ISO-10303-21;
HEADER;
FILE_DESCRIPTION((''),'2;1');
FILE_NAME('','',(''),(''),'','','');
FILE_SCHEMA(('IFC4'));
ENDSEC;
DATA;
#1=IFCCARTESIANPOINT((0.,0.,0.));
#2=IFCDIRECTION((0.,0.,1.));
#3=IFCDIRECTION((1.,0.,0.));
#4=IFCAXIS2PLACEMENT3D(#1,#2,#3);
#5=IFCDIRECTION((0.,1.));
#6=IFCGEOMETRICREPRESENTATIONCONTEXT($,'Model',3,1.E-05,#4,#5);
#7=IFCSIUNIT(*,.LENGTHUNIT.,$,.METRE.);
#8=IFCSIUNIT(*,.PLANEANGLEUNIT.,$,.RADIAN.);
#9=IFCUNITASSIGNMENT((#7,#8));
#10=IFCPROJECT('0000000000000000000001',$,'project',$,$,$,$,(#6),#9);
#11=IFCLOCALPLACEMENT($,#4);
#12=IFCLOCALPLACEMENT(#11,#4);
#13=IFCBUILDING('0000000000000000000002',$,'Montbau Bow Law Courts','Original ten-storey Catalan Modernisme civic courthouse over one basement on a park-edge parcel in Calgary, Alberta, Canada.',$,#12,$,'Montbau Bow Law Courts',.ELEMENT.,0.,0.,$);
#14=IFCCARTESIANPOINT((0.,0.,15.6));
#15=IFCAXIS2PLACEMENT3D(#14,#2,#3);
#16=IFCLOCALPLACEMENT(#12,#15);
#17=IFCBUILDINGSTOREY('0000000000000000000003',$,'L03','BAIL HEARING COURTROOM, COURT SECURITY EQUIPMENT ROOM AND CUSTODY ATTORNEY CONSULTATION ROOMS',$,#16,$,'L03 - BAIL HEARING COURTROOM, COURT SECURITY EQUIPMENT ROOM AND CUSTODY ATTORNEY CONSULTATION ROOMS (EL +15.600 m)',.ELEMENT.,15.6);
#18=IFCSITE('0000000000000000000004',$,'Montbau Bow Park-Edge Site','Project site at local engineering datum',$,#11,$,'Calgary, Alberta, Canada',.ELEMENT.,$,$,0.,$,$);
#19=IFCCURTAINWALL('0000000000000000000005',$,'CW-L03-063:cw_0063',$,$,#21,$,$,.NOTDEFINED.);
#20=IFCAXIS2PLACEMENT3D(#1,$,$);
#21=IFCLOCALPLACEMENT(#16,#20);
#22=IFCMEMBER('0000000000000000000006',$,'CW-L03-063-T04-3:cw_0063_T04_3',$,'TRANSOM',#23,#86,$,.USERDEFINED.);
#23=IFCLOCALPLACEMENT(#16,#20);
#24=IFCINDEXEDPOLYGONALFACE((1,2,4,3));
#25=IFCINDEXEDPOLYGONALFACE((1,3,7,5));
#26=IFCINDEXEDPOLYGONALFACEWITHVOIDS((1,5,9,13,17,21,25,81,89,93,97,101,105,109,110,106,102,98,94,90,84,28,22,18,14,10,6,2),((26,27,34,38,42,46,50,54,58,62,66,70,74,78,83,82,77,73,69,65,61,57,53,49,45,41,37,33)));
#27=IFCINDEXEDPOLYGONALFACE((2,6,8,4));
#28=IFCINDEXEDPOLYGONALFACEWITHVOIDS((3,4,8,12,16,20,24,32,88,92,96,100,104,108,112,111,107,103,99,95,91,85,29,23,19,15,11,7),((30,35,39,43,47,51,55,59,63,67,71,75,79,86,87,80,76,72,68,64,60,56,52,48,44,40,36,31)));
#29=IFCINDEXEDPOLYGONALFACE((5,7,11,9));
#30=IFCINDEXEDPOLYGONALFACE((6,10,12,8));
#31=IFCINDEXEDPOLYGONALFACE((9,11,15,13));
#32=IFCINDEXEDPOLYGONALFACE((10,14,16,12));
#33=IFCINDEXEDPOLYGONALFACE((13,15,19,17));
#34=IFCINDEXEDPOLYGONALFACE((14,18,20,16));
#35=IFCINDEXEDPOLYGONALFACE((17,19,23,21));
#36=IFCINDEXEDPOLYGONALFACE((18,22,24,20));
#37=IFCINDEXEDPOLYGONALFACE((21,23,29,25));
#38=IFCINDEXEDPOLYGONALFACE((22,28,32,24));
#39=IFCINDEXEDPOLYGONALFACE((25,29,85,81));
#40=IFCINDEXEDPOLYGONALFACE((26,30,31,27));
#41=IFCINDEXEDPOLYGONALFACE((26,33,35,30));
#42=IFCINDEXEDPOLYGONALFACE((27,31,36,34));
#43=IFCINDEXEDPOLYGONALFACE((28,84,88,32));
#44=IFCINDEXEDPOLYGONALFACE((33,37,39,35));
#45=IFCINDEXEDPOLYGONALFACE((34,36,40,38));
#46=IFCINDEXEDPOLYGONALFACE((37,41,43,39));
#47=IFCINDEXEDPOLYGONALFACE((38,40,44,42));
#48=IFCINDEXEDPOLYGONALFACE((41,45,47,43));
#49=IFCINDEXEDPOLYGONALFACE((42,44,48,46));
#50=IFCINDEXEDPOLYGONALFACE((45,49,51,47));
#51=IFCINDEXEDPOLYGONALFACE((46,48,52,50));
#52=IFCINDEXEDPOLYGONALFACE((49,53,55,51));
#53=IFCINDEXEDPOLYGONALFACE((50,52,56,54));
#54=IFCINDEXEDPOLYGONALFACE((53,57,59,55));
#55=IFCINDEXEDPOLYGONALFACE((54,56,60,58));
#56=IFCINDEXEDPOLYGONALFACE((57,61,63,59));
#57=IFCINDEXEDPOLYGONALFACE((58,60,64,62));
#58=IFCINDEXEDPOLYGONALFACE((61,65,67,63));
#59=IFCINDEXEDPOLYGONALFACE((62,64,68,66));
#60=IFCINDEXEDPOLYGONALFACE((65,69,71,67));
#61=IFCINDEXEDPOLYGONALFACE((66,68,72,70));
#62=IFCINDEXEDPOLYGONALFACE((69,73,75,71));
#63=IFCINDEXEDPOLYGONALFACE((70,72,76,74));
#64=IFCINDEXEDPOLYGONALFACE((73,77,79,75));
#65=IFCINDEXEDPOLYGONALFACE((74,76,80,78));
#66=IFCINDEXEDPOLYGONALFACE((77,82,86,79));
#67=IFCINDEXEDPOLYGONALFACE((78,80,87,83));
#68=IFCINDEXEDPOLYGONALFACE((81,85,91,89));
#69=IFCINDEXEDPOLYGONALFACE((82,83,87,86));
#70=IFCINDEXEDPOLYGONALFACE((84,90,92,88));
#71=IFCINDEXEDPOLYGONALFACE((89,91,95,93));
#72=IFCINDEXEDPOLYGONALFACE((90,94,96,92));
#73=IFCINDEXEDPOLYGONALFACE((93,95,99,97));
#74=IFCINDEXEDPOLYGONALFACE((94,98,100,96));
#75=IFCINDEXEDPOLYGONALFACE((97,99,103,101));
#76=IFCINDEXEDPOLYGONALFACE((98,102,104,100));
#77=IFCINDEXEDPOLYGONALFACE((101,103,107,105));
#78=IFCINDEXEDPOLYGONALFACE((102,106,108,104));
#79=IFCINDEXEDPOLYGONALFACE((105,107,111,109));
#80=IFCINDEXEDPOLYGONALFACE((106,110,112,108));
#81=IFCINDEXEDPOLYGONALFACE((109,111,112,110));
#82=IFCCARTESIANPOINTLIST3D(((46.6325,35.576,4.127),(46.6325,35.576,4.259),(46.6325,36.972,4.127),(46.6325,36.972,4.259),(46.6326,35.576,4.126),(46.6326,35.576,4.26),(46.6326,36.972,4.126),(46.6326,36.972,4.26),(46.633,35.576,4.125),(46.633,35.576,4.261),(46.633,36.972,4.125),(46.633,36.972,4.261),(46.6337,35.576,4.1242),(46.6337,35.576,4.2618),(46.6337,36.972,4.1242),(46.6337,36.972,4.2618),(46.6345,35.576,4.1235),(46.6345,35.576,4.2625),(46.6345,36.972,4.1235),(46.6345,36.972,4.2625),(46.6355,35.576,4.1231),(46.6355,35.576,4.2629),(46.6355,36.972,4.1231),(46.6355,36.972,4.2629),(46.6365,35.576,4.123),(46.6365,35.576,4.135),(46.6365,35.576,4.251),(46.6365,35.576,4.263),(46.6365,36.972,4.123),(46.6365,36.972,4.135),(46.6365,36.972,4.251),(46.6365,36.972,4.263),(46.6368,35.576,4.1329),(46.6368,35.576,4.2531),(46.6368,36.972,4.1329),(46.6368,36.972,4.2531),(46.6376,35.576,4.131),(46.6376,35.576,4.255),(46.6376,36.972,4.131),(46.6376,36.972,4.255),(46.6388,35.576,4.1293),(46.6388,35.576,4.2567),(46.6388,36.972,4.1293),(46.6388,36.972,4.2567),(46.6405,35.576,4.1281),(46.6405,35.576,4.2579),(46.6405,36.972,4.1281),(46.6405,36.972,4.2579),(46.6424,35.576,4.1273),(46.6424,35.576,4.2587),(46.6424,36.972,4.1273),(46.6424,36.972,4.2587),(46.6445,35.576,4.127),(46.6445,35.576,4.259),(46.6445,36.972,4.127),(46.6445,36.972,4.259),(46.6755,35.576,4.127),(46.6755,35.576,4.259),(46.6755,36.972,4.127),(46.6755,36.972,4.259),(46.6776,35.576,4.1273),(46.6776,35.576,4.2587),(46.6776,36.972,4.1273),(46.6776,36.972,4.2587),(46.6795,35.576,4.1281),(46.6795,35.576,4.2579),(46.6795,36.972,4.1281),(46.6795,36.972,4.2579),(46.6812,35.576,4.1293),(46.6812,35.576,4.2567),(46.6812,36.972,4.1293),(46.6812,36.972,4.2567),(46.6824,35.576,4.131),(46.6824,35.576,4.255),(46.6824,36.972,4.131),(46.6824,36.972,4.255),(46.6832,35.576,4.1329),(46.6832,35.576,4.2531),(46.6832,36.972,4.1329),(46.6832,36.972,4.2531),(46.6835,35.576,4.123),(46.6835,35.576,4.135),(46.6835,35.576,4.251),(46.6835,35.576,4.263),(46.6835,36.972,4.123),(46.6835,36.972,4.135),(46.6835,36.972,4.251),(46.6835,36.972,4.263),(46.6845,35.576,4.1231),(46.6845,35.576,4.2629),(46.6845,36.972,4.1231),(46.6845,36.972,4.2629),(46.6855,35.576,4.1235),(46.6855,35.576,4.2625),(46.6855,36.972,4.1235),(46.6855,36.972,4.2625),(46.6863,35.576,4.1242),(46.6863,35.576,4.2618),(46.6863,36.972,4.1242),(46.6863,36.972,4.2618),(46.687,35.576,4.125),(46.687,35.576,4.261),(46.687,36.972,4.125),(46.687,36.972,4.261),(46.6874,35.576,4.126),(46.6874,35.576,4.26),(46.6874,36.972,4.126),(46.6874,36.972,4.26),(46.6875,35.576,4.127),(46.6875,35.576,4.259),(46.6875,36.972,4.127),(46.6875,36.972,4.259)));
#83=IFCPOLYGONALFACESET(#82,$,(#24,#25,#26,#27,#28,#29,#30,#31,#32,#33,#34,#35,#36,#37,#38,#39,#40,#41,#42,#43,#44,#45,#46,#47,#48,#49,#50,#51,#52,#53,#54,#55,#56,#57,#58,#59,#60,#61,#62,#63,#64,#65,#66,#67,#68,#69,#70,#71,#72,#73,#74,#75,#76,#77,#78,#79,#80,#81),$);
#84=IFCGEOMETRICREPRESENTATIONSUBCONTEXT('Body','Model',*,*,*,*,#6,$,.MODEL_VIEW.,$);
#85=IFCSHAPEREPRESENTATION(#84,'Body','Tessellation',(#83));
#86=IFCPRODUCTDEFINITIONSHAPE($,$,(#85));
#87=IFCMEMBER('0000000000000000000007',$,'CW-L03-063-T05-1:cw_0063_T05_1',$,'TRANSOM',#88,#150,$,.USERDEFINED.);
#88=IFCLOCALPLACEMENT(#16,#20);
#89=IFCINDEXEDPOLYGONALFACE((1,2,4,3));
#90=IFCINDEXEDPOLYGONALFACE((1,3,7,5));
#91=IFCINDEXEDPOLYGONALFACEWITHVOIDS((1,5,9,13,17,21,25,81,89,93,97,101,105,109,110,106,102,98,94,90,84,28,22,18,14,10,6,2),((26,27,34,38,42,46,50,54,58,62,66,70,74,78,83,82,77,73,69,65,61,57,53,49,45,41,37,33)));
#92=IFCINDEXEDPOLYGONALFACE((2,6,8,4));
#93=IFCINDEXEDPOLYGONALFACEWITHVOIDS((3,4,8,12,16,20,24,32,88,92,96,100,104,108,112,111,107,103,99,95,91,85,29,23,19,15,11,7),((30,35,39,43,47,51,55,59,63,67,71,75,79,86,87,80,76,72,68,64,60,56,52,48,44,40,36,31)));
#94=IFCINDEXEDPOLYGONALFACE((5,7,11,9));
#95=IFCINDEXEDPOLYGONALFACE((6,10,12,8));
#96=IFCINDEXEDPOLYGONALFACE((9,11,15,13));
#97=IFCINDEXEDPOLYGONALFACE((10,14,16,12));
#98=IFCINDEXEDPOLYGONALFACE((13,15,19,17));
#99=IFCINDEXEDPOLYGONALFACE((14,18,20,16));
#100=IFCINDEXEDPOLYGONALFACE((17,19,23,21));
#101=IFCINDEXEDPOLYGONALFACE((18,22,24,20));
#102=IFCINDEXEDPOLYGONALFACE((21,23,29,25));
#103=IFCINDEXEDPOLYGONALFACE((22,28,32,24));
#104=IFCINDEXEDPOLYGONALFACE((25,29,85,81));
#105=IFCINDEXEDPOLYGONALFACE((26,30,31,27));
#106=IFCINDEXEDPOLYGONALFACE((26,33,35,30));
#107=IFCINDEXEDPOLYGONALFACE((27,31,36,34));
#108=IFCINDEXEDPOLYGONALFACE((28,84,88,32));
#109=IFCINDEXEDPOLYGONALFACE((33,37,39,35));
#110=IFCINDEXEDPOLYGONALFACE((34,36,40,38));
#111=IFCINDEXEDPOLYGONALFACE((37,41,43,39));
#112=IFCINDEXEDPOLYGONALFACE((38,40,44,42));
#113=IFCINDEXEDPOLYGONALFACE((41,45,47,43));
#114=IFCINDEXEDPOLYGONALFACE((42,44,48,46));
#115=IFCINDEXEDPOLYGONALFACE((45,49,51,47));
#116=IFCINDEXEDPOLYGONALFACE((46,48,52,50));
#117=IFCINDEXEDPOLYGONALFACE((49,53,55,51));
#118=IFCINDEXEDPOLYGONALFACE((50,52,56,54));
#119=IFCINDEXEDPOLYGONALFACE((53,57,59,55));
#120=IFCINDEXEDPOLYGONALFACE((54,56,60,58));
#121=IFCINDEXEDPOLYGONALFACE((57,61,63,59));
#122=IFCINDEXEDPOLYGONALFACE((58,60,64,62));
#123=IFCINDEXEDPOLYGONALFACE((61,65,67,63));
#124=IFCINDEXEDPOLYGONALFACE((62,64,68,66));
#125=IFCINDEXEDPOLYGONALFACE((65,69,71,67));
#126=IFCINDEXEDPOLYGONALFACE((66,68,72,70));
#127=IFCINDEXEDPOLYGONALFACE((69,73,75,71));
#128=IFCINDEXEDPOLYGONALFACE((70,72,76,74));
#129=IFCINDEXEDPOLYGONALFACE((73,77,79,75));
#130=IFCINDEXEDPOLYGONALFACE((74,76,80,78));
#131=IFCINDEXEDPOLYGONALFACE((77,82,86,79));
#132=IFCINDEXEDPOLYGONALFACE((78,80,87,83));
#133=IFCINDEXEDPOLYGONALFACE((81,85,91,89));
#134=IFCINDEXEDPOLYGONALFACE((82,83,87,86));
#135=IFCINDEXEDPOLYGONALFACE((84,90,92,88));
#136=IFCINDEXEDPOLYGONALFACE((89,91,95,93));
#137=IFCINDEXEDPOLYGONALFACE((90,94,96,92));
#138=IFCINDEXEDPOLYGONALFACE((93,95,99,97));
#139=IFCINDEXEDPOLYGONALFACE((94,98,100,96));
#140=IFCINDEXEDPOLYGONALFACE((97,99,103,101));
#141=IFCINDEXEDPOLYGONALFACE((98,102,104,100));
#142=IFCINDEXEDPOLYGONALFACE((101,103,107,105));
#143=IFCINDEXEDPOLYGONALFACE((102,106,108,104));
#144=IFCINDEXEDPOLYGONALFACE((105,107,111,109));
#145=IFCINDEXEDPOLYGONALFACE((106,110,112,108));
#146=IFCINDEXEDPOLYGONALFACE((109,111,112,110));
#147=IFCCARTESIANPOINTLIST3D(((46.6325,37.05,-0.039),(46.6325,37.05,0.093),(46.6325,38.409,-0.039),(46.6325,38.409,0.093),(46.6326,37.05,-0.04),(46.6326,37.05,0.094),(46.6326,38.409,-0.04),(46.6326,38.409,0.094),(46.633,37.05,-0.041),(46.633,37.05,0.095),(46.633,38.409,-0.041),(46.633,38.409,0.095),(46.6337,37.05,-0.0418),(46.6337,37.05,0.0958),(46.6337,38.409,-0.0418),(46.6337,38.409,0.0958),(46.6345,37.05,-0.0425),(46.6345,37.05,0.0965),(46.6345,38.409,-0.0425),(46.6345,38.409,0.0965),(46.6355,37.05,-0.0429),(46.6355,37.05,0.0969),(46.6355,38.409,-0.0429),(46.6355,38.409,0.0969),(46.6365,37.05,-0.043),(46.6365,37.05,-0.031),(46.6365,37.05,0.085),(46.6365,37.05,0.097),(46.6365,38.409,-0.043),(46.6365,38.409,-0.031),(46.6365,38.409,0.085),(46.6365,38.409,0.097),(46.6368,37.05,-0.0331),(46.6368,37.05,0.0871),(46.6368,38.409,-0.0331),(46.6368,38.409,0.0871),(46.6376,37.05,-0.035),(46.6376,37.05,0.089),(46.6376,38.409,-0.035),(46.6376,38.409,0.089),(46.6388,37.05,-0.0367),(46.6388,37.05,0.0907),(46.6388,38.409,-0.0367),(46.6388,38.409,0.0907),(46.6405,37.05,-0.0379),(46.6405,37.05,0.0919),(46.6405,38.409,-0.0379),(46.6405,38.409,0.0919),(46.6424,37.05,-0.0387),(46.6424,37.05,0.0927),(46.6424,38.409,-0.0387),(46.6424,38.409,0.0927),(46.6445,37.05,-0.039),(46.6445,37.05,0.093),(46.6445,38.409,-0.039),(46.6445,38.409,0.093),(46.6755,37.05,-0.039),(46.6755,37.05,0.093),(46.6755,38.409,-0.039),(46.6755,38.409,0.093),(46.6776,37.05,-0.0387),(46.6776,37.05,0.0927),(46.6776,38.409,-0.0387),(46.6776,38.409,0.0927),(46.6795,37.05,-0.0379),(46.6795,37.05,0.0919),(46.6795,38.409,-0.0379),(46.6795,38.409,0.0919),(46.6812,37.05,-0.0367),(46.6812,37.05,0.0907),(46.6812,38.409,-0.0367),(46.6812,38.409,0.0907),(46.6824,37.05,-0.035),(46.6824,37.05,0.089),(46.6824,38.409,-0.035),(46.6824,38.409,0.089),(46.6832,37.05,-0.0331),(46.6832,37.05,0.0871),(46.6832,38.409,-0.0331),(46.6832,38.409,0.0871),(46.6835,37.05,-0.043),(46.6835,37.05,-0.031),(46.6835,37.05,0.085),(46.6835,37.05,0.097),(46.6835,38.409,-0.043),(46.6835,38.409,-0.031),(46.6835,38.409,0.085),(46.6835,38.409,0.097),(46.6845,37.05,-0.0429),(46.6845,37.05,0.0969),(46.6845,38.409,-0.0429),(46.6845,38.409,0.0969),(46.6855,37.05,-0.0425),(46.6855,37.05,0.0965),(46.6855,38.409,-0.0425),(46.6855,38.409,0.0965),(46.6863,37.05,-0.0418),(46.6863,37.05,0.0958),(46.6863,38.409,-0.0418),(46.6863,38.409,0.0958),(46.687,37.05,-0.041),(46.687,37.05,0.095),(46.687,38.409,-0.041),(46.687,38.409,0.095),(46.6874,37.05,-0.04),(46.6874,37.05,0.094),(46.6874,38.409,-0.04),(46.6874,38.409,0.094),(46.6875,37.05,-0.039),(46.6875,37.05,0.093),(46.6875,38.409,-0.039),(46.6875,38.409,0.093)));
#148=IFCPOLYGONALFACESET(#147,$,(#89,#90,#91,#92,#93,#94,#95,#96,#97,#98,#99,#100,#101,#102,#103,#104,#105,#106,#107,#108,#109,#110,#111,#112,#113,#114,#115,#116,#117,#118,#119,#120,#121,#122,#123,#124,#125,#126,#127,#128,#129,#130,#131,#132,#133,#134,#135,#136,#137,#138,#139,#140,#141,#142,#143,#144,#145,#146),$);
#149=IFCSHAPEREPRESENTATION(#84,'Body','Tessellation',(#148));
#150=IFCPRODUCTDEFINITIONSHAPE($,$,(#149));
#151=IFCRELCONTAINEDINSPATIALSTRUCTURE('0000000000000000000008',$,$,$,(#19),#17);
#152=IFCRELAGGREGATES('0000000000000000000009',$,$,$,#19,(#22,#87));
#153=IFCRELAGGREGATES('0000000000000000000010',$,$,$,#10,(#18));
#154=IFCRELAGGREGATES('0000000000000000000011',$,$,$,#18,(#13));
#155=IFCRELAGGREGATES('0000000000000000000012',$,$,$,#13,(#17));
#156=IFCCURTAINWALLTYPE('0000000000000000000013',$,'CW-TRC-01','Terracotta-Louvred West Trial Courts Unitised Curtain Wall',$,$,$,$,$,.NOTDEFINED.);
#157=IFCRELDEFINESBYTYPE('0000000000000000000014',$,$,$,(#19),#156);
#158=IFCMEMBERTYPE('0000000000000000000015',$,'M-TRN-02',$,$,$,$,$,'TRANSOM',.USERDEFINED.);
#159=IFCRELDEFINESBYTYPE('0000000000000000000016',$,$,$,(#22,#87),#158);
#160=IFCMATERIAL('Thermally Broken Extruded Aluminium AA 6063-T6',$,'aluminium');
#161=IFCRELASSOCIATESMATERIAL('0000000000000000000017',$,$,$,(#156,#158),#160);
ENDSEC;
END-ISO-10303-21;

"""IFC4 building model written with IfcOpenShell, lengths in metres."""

from ifc_helpers import new_model, si_unit, direction, frame, origin_with_axes, origin_2d_with_axis, place, context, subcontext, project, spatial, hollow_rectangle, extrude, material, material_profile, profile_set, type_object, element, aggregate, save


model = new_model("IFC4")

# Units and contexts
model_context = context("Model", 3, precision=1e-05, world=origin_with_axes(), true_north=direction((0.0, 1.0)))
body_context = subcontext(model_context, "Body", "Model", "MODEL_VIEW")
ifc_project = project(units=[si_unit("LENGTHUNIT", "METRE"), si_unit("PLANEANGLEUNIT", "RADIAN")], contexts=[model_context])

# Site, building, storey
site_placement = place(None, origin_with_axes())
site = spatial("IfcSite", under=ifc_project, at=site_placement, Name="Montbau Bow Park-Edge Site", Description="Project site at local engineering datum", LongName="Calgary, Alberta, Canada", CompositionType="ELEMENT", RefElevation=0.0)
building_placement = place(site_placement, origin_with_axes())
building = spatial("IfcBuilding", under=site, at=building_placement, Name="Montbau Bow Law Courts", Description="Original ten-storey Catalan Modernisme civic courthouse over one basement on a park-edge parcel in Calgary, Alberta, Canada.", LongName="Montbau Bow Law Courts", CompositionType="ELEMENT", ElevationOfRefHeight=0.0, ElevationOfTerrain=0.0)
storey_placement = place(building_placement, frame((0.0, 0.0, 15.6), z_axis=(0.0, 0.0, 1.0), x_axis=(1.0, 0.0, 0.0)))
storey = spatial("IfcBuildingStorey", under=building, at=storey_placement, Name="L03", Description="BAIL HEARING COURTROOM, COURT SECURITY EQUIPMENT ROOM AND CUSTODY ATTORNEY CONSULTATION ROOMS", LongName="L03 - BAIL HEARING COURTROOM, COURT SECURITY EQUIPMENT ROOM AND CUSTODY ATTORNEY CONSULTATION ROOMS (EL +15.600 m)", CompositionType="ELEMENT", Elevation=15.6)

# Curtain wall, members
ifc_material_1 = material(Name="Thermally Broken Extruded Aluminium AA 6063-T6", Category="aluminium")
curtain_wall_type = type_object("IfcCurtainWallType", Name="CW-TRC-01", Description="Terracotta-Louvred West Trial Courts Unitised Curtain Wall", PredefinedType="NOTDEFINED", material=ifc_material_1)
curtain_wall_placement = place(None, frame((46.66, 31.115, 15.6), z_axis=(0.0, 0.0, 1.0), x_axis=(1.0, 0.0, 0.0)))
curtain_wall = element("IfcCurtainWall", 1, at=curtain_wall_placement, inside=storey, type_object=curtain_wall_type, Name="CW-L03-063:cw_0063", PredefinedType="NOTDEFINED")
ifc_material_profile_1 = material_profile(ifc_material_1, hollow_rectangle(XDim=0.055, YDim=0.14, WallThickness=0.004, InnerFilletRadius=0.008, OuterFilletRadius=0.004, at=origin_2d_with_axis()), Name="CWT-140X55", Category="Main", Priority=0)
ifc_profile_set_1 = profile_set([ifc_material_profile_1], Name="Thermally Broken Extruded Aluminium AA 6063-T6")
member_type_1 = type_object("IfcMemberType", Name="M-TRN-02", ElementType="TRANSOM", PredefinedType="USERDEFINED", material=ifc_profile_set_1)
member_1_placement = place(None, frame((46.66, 35.576, 19.793), z_axis=(0.0, 1.0, 0.0), x_axis=(-1.0, 0.0, 0.0)))
member_1 = element("IfcMember", 2, at=member_1_placement, type_object=member_type_1, Name="CW-L03-063-T04-3:cw_0063_T04_3", ObjectType="TRANSOM", PredefinedType="USERDEFINED", context=body_context, shape_type="SweptSolid", body=[
    extrude(hollow_rectangle(XDim=0.055, YDim=0.14, WallThickness=0.004, InnerFilletRadius=0.008, OuterFilletRadius=0.004, at=origin_2d_with_axis()), origin_with_axes(), (0.0, 0.0, 1.0), 1.396),
])
member_2_placement = place(None, frame((46.66, 37.05, 15.627), z_axis=(0.0, 1.0, 0.0), x_axis=(-1.0, 0.0, 0.0)))
member_2 = element("IfcMember", 3, at=member_2_placement, type_object=member_type_1, Name="CW-L03-063-T05-1:cw_0063_T05_1", ObjectType="TRANSOM", PredefinedType="USERDEFINED", context=body_context, shape_type="SweptSolid", body=[
    extrude(hollow_rectangle(XDim=0.055, YDim=0.14, WallThickness=0.004, InnerFilletRadius=0.008, OuterFilletRadius=0.004, at=origin_2d_with_axis()), origin_with_axes(), (0.0, 0.0, 1.0), 1.359),
])
aggregate(curtain_wall, [member_1, member_2])

save(model, "model.ifc")
